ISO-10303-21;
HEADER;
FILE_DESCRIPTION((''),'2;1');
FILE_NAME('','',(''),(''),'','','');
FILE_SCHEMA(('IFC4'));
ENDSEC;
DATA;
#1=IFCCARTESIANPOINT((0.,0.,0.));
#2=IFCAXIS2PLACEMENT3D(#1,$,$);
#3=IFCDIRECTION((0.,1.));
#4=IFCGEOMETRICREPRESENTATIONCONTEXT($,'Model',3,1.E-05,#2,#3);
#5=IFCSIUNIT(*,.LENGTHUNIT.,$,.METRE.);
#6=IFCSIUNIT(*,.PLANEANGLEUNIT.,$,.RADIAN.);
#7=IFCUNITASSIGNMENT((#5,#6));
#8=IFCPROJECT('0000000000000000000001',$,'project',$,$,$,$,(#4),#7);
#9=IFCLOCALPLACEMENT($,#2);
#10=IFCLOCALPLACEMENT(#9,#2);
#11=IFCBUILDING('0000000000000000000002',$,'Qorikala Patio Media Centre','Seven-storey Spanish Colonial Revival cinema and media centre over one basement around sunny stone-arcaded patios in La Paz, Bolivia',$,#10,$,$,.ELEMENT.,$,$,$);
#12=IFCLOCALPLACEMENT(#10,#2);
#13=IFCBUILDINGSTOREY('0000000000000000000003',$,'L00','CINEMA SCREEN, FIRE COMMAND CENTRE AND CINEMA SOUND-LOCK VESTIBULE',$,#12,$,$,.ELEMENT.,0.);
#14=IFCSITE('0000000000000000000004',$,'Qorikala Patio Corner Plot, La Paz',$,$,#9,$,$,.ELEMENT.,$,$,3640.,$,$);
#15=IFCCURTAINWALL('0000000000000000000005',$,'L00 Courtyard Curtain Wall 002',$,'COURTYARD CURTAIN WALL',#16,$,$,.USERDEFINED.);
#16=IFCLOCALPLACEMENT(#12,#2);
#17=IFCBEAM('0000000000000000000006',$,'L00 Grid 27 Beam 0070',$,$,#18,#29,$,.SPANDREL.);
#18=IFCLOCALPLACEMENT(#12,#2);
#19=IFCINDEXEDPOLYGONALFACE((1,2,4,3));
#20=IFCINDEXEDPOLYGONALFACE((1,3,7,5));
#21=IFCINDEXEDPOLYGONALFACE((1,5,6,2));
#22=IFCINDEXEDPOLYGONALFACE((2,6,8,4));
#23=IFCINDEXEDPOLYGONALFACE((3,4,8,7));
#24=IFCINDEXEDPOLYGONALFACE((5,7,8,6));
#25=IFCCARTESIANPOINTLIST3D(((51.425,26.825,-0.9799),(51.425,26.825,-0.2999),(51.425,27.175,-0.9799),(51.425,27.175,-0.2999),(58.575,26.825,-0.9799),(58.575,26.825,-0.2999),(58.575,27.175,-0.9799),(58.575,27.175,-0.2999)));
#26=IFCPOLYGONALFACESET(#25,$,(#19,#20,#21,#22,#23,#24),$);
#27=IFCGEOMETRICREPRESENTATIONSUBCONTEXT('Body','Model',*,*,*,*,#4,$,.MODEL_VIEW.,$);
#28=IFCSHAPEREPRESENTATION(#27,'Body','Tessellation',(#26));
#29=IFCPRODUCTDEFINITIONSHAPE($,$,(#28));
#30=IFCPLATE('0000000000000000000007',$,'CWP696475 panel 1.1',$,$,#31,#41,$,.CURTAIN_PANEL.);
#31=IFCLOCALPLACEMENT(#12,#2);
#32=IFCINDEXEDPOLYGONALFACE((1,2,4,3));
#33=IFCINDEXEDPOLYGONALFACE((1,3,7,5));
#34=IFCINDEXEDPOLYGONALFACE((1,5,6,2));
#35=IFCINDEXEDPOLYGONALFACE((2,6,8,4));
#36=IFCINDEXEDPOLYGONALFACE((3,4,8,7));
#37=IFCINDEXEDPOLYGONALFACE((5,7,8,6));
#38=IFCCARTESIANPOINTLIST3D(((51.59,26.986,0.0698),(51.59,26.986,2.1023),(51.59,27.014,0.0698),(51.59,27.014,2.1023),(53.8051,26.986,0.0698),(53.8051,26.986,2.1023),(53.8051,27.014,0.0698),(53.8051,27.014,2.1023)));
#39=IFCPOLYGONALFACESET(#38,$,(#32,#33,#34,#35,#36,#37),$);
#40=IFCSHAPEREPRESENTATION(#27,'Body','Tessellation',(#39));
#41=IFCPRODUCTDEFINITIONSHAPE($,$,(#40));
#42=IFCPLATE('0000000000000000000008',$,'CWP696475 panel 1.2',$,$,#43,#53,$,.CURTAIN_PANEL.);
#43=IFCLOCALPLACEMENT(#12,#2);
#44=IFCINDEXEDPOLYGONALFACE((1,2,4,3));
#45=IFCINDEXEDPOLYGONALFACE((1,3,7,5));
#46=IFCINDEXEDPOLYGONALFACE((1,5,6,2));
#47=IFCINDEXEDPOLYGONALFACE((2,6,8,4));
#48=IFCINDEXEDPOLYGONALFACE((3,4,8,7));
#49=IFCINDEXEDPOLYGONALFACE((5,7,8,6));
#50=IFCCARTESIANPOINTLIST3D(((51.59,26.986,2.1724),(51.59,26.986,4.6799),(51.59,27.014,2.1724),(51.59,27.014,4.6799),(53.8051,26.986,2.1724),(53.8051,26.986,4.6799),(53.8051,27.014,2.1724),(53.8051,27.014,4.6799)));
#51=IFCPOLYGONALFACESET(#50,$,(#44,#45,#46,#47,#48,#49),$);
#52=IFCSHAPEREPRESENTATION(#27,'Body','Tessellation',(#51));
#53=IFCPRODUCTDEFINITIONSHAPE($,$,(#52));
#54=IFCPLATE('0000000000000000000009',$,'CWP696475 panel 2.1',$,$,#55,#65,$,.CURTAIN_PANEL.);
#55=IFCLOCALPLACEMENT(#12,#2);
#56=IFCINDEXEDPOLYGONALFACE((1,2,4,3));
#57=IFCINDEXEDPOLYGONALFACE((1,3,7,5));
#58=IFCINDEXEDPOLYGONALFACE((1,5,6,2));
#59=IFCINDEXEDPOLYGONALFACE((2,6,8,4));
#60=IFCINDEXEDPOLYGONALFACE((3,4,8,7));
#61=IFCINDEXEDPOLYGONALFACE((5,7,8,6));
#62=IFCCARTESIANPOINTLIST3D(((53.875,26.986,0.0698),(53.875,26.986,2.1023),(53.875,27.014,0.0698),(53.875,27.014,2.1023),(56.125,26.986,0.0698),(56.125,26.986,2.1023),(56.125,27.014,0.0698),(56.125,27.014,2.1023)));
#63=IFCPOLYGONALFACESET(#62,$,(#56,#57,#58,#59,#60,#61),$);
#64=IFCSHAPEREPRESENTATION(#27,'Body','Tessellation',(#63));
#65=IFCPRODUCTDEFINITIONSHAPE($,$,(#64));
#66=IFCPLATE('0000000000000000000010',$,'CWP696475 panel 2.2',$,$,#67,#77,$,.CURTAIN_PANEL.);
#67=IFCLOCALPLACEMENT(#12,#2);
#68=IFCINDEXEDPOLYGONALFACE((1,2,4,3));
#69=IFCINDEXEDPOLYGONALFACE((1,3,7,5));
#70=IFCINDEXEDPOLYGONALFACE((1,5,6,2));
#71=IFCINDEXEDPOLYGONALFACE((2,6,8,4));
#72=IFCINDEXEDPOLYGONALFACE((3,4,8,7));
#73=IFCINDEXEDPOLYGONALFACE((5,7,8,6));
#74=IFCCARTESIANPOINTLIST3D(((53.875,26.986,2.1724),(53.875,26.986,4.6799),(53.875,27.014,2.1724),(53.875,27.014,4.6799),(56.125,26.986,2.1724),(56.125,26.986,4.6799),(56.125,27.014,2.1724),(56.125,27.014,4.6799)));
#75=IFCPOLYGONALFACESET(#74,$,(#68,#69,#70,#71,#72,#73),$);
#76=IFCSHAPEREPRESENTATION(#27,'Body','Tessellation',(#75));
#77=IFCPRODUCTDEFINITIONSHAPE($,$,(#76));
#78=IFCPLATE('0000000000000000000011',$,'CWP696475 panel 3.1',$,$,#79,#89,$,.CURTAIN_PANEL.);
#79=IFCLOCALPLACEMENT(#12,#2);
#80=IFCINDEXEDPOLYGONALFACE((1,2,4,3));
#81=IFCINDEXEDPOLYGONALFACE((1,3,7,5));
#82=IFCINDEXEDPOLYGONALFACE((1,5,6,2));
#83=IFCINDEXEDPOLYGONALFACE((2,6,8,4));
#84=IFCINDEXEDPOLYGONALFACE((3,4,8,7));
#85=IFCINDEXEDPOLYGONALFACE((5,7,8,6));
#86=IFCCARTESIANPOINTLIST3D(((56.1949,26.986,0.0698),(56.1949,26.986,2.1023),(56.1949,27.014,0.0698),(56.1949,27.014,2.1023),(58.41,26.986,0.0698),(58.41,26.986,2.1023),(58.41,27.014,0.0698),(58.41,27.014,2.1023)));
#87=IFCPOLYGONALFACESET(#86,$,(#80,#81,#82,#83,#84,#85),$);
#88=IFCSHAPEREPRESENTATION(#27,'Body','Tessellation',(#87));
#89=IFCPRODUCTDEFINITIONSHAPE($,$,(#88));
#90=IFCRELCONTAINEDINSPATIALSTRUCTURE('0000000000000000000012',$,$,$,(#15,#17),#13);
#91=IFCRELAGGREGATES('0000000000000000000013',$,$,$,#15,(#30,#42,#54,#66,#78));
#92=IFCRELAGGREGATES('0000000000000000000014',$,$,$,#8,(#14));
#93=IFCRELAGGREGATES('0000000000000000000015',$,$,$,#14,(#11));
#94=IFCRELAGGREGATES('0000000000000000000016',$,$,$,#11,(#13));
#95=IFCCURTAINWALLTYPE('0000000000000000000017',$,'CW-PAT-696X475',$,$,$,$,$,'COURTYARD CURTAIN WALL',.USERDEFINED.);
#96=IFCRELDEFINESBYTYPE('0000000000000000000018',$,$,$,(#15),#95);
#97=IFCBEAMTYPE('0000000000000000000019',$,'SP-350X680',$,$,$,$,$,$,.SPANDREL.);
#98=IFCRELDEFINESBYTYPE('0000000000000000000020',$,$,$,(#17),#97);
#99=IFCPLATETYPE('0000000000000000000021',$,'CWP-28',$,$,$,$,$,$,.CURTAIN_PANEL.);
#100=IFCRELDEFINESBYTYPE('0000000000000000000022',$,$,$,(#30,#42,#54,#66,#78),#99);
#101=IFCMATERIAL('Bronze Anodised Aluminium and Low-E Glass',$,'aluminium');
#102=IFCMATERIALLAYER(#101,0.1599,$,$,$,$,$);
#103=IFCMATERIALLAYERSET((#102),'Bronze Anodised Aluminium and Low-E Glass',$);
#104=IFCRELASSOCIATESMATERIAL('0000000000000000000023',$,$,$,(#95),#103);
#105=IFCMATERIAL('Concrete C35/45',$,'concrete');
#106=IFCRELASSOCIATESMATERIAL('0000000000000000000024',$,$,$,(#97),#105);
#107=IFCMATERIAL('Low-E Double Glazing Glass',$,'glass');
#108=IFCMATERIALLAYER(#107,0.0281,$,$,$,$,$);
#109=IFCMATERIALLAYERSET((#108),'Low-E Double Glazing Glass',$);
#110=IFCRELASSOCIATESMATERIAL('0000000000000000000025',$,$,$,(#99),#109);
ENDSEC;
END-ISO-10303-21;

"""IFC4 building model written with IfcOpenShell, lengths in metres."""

from ifc_helpers import new_model, si_unit, direction, frame, origin, origin_2d, place, context, subcontext, project, spatial, rectangle, extrude, material, layer, layer_set, material_profile, profile_set, type_object, element, aggregate, save


model = new_model("IFC4")

# Units and contexts
model_context = context("Model", 3, precision=1e-05, world=origin(), true_north=direction((0.0, 1.0)))
body_context = subcontext(model_context, "Body", "Model", "MODEL_VIEW")
ifc_project = project(units=[si_unit("LENGTHUNIT", "METRE"), si_unit("PLANEANGLEUNIT", "RADIAN")], contexts=[model_context])

# Site, building, storey
site_placement = place(None, origin())
site = spatial("IfcSite", under=ifc_project, at=site_placement, Name="Qorikala Patio Corner Plot, La Paz", CompositionType="ELEMENT", RefElevation=3640.0)
building_placement = place(site_placement, origin())
building = spatial("IfcBuilding", under=site, at=building_placement, Name="Qorikala Patio Media Centre", Description="Seven-storey Spanish Colonial Revival cinema and media centre over one basement around sunny stone-arcaded patios in La Paz, Bolivia", CompositionType="ELEMENT")
storey_placement = place(building_placement, origin())
storey = spatial("IfcBuildingStorey", under=building, at=storey_placement, Name="L00", Description="CINEMA SCREEN, FIRE COMMAND CENTRE AND CINEMA SOUND-LOCK VESTIBULE", CompositionType="ELEMENT", Elevation=0.0)

# Shared definitions
ifc_material_1 = material(Name="Concrete C35/45", Category="concrete")

# Curtain wall
ifc_material_2 = material(Name="Bronze Anodised Aluminium and Low-E Glass", Category="aluminium")
ifc_layer_1 = layer(ifc_material_2, 0.1599)
ifc_layer_set_1 = layer_set([ifc_layer_1], Name="Bronze Anodised Aluminium and Low-E Glass")
curtain_wall_type = type_object("IfcCurtainWallType", Name="CW-PAT-696X475", ElementType="COURTYARD CURTAIN WALL", PredefinedType="USERDEFINED", material=ifc_layer_set_1)
curtain_wall_placement = place(storey_placement, origin())
curtain_wall = element("IfcCurtainWall", 1, at=curtain_wall_placement, inside=storey, type_object=curtain_wall_type, Name="L00 Courtyard Curtain Wall 002", ObjectType="COURTYARD CURTAIN WALL", PredefinedType="USERDEFINED")

# Beam
ifc_material_profile_1 = material_profile(ifc_material_1, rectangle(XDim=0.3501, YDim=0.6799, at=origin_2d()), Name="RC 350x680")
ifc_profile_set_1 = profile_set([ifc_material_profile_1], Name="Concrete C35/45")
beam_type_1 = type_object("IfcBeamType", Name="SP-350X680", PredefinedType="SPANDREL", material=ifc_profile_set_1)
beam_1_placement = place(storey_placement, frame((51.425, 27.0, -0.6399), z_axis=(1.0, 0.0, 0.0), x_axis=(0.0, 1.0, 0.0)))
element("IfcBeam", 2, at=beam_1_placement, inside=storey, type_object=beam_type_1, Name="L00 Grid 27 Beam 0070", PredefinedType="SPANDREL", context=body_context, shape_type="SweptSolid", body=[
    extrude(rectangle(XDim=0.3501, YDim=0.6799, at=origin_2d()), origin(), (0.0, 0.0, 1.0), 7.1499),
])

# Plates
ifc_material_3 = material(Name="Low-E Double Glazing Glass", Category="glass")
ifc_layer_2 = layer(ifc_material_3, 0.0281)
ifc_layer_set_2 = layer_set([ifc_layer_2], Name="Low-E Double Glazing Glass")
plate_type = type_object("IfcPlateType", Name="CWP-28", PredefinedType="CURTAIN_PANEL", material=ifc_layer_set_2)
plate_1_placement = place(storey_placement, frame((52.6975, 27.0, 0.0698), z_axis=(0.0, 0.0, 1.0), x_axis=(1.0, 0.0, 0.0)))
plate_1 = element("IfcPlate", 3, at=plate_1_placement, type_object=plate_type, Name="CWP696475 panel 1.1", PredefinedType="CURTAIN_PANEL", context=body_context, shape_type="SweptSolid", body=[
    extrude(rectangle(XDim=2.2151, YDim=0.0281, at=origin_2d()), origin(), (0.0, 0.0, 1.0), 2.0325),
])
plate_2_placement = place(storey_placement, frame((52.6975, 27.0, 2.1724), z_axis=(0.0, 0.0, 1.0), x_axis=(1.0, 0.0, 0.0)))
plate_2 = element("IfcPlate", 4, at=plate_2_placement, type_object=plate_type, Name="CWP696475 panel 1.2", PredefinedType="CURTAIN_PANEL", context=body_context, shape_type="SweptSolid", body=[
    extrude(rectangle(XDim=2.2151, YDim=0.0281, at=origin_2d()), origin(), (0.0, 0.0, 1.0), 2.5076),
])
plate_3_placement = place(storey_placement, frame((55.0, 27.0, 0.0698), z_axis=(0.0, 0.0, 1.0), x_axis=(1.0, 0.0, 0.0)))
plate_3 = element("IfcPlate", 5, at=plate_3_placement, type_object=plate_type, Name="CWP696475 panel 2.1", PredefinedType="CURTAIN_PANEL", context=body_context, shape_type="SweptSolid", body=[
    extrude(rectangle(XDim=2.25, YDim=0.0281, at=origin_2d()), origin(), (0.0, 0.0, 1.0), 2.0325),
])
plate_4_placement = place(storey_placement, frame((55.0, 27.0, 2.1724), z_axis=(0.0, 0.0, 1.0), x_axis=(1.0, 0.0, 0.0)))
plate_4 = element("IfcPlate", 6, at=plate_4_placement, type_object=plate_type, Name="CWP696475 panel 2.2", PredefinedType="CURTAIN_PANEL", context=body_context, shape_type="SweptSolid", body=[
    extrude(rectangle(XDim=2.25, YDim=0.0281, at=origin_2d()), origin(), (0.0, 0.0, 1.0), 2.5076),
])
plate_5_placement = place(storey_placement, frame((57.3025, 27.0, 0.0698), z_axis=(0.0, 0.0, 1.0), x_axis=(1.0, 0.0, 0.0)))
plate_5 = element("IfcPlate", 7, at=plate_5_placement, type_object=plate_type, Name="CWP696475 panel 3.1", PredefinedType="CURTAIN_PANEL", context=body_context, shape_type="SweptSolid", body=[
    extrude(rectangle(XDim=2.2151, YDim=0.0281, at=origin_2d()), origin(), (0.0, 0.0, 1.0), 2.0325),
])
aggregate(curtain_wall, [plate_1, plate_2, plate_3, plate_4, plate_5])

save(model, "model.ifc")
